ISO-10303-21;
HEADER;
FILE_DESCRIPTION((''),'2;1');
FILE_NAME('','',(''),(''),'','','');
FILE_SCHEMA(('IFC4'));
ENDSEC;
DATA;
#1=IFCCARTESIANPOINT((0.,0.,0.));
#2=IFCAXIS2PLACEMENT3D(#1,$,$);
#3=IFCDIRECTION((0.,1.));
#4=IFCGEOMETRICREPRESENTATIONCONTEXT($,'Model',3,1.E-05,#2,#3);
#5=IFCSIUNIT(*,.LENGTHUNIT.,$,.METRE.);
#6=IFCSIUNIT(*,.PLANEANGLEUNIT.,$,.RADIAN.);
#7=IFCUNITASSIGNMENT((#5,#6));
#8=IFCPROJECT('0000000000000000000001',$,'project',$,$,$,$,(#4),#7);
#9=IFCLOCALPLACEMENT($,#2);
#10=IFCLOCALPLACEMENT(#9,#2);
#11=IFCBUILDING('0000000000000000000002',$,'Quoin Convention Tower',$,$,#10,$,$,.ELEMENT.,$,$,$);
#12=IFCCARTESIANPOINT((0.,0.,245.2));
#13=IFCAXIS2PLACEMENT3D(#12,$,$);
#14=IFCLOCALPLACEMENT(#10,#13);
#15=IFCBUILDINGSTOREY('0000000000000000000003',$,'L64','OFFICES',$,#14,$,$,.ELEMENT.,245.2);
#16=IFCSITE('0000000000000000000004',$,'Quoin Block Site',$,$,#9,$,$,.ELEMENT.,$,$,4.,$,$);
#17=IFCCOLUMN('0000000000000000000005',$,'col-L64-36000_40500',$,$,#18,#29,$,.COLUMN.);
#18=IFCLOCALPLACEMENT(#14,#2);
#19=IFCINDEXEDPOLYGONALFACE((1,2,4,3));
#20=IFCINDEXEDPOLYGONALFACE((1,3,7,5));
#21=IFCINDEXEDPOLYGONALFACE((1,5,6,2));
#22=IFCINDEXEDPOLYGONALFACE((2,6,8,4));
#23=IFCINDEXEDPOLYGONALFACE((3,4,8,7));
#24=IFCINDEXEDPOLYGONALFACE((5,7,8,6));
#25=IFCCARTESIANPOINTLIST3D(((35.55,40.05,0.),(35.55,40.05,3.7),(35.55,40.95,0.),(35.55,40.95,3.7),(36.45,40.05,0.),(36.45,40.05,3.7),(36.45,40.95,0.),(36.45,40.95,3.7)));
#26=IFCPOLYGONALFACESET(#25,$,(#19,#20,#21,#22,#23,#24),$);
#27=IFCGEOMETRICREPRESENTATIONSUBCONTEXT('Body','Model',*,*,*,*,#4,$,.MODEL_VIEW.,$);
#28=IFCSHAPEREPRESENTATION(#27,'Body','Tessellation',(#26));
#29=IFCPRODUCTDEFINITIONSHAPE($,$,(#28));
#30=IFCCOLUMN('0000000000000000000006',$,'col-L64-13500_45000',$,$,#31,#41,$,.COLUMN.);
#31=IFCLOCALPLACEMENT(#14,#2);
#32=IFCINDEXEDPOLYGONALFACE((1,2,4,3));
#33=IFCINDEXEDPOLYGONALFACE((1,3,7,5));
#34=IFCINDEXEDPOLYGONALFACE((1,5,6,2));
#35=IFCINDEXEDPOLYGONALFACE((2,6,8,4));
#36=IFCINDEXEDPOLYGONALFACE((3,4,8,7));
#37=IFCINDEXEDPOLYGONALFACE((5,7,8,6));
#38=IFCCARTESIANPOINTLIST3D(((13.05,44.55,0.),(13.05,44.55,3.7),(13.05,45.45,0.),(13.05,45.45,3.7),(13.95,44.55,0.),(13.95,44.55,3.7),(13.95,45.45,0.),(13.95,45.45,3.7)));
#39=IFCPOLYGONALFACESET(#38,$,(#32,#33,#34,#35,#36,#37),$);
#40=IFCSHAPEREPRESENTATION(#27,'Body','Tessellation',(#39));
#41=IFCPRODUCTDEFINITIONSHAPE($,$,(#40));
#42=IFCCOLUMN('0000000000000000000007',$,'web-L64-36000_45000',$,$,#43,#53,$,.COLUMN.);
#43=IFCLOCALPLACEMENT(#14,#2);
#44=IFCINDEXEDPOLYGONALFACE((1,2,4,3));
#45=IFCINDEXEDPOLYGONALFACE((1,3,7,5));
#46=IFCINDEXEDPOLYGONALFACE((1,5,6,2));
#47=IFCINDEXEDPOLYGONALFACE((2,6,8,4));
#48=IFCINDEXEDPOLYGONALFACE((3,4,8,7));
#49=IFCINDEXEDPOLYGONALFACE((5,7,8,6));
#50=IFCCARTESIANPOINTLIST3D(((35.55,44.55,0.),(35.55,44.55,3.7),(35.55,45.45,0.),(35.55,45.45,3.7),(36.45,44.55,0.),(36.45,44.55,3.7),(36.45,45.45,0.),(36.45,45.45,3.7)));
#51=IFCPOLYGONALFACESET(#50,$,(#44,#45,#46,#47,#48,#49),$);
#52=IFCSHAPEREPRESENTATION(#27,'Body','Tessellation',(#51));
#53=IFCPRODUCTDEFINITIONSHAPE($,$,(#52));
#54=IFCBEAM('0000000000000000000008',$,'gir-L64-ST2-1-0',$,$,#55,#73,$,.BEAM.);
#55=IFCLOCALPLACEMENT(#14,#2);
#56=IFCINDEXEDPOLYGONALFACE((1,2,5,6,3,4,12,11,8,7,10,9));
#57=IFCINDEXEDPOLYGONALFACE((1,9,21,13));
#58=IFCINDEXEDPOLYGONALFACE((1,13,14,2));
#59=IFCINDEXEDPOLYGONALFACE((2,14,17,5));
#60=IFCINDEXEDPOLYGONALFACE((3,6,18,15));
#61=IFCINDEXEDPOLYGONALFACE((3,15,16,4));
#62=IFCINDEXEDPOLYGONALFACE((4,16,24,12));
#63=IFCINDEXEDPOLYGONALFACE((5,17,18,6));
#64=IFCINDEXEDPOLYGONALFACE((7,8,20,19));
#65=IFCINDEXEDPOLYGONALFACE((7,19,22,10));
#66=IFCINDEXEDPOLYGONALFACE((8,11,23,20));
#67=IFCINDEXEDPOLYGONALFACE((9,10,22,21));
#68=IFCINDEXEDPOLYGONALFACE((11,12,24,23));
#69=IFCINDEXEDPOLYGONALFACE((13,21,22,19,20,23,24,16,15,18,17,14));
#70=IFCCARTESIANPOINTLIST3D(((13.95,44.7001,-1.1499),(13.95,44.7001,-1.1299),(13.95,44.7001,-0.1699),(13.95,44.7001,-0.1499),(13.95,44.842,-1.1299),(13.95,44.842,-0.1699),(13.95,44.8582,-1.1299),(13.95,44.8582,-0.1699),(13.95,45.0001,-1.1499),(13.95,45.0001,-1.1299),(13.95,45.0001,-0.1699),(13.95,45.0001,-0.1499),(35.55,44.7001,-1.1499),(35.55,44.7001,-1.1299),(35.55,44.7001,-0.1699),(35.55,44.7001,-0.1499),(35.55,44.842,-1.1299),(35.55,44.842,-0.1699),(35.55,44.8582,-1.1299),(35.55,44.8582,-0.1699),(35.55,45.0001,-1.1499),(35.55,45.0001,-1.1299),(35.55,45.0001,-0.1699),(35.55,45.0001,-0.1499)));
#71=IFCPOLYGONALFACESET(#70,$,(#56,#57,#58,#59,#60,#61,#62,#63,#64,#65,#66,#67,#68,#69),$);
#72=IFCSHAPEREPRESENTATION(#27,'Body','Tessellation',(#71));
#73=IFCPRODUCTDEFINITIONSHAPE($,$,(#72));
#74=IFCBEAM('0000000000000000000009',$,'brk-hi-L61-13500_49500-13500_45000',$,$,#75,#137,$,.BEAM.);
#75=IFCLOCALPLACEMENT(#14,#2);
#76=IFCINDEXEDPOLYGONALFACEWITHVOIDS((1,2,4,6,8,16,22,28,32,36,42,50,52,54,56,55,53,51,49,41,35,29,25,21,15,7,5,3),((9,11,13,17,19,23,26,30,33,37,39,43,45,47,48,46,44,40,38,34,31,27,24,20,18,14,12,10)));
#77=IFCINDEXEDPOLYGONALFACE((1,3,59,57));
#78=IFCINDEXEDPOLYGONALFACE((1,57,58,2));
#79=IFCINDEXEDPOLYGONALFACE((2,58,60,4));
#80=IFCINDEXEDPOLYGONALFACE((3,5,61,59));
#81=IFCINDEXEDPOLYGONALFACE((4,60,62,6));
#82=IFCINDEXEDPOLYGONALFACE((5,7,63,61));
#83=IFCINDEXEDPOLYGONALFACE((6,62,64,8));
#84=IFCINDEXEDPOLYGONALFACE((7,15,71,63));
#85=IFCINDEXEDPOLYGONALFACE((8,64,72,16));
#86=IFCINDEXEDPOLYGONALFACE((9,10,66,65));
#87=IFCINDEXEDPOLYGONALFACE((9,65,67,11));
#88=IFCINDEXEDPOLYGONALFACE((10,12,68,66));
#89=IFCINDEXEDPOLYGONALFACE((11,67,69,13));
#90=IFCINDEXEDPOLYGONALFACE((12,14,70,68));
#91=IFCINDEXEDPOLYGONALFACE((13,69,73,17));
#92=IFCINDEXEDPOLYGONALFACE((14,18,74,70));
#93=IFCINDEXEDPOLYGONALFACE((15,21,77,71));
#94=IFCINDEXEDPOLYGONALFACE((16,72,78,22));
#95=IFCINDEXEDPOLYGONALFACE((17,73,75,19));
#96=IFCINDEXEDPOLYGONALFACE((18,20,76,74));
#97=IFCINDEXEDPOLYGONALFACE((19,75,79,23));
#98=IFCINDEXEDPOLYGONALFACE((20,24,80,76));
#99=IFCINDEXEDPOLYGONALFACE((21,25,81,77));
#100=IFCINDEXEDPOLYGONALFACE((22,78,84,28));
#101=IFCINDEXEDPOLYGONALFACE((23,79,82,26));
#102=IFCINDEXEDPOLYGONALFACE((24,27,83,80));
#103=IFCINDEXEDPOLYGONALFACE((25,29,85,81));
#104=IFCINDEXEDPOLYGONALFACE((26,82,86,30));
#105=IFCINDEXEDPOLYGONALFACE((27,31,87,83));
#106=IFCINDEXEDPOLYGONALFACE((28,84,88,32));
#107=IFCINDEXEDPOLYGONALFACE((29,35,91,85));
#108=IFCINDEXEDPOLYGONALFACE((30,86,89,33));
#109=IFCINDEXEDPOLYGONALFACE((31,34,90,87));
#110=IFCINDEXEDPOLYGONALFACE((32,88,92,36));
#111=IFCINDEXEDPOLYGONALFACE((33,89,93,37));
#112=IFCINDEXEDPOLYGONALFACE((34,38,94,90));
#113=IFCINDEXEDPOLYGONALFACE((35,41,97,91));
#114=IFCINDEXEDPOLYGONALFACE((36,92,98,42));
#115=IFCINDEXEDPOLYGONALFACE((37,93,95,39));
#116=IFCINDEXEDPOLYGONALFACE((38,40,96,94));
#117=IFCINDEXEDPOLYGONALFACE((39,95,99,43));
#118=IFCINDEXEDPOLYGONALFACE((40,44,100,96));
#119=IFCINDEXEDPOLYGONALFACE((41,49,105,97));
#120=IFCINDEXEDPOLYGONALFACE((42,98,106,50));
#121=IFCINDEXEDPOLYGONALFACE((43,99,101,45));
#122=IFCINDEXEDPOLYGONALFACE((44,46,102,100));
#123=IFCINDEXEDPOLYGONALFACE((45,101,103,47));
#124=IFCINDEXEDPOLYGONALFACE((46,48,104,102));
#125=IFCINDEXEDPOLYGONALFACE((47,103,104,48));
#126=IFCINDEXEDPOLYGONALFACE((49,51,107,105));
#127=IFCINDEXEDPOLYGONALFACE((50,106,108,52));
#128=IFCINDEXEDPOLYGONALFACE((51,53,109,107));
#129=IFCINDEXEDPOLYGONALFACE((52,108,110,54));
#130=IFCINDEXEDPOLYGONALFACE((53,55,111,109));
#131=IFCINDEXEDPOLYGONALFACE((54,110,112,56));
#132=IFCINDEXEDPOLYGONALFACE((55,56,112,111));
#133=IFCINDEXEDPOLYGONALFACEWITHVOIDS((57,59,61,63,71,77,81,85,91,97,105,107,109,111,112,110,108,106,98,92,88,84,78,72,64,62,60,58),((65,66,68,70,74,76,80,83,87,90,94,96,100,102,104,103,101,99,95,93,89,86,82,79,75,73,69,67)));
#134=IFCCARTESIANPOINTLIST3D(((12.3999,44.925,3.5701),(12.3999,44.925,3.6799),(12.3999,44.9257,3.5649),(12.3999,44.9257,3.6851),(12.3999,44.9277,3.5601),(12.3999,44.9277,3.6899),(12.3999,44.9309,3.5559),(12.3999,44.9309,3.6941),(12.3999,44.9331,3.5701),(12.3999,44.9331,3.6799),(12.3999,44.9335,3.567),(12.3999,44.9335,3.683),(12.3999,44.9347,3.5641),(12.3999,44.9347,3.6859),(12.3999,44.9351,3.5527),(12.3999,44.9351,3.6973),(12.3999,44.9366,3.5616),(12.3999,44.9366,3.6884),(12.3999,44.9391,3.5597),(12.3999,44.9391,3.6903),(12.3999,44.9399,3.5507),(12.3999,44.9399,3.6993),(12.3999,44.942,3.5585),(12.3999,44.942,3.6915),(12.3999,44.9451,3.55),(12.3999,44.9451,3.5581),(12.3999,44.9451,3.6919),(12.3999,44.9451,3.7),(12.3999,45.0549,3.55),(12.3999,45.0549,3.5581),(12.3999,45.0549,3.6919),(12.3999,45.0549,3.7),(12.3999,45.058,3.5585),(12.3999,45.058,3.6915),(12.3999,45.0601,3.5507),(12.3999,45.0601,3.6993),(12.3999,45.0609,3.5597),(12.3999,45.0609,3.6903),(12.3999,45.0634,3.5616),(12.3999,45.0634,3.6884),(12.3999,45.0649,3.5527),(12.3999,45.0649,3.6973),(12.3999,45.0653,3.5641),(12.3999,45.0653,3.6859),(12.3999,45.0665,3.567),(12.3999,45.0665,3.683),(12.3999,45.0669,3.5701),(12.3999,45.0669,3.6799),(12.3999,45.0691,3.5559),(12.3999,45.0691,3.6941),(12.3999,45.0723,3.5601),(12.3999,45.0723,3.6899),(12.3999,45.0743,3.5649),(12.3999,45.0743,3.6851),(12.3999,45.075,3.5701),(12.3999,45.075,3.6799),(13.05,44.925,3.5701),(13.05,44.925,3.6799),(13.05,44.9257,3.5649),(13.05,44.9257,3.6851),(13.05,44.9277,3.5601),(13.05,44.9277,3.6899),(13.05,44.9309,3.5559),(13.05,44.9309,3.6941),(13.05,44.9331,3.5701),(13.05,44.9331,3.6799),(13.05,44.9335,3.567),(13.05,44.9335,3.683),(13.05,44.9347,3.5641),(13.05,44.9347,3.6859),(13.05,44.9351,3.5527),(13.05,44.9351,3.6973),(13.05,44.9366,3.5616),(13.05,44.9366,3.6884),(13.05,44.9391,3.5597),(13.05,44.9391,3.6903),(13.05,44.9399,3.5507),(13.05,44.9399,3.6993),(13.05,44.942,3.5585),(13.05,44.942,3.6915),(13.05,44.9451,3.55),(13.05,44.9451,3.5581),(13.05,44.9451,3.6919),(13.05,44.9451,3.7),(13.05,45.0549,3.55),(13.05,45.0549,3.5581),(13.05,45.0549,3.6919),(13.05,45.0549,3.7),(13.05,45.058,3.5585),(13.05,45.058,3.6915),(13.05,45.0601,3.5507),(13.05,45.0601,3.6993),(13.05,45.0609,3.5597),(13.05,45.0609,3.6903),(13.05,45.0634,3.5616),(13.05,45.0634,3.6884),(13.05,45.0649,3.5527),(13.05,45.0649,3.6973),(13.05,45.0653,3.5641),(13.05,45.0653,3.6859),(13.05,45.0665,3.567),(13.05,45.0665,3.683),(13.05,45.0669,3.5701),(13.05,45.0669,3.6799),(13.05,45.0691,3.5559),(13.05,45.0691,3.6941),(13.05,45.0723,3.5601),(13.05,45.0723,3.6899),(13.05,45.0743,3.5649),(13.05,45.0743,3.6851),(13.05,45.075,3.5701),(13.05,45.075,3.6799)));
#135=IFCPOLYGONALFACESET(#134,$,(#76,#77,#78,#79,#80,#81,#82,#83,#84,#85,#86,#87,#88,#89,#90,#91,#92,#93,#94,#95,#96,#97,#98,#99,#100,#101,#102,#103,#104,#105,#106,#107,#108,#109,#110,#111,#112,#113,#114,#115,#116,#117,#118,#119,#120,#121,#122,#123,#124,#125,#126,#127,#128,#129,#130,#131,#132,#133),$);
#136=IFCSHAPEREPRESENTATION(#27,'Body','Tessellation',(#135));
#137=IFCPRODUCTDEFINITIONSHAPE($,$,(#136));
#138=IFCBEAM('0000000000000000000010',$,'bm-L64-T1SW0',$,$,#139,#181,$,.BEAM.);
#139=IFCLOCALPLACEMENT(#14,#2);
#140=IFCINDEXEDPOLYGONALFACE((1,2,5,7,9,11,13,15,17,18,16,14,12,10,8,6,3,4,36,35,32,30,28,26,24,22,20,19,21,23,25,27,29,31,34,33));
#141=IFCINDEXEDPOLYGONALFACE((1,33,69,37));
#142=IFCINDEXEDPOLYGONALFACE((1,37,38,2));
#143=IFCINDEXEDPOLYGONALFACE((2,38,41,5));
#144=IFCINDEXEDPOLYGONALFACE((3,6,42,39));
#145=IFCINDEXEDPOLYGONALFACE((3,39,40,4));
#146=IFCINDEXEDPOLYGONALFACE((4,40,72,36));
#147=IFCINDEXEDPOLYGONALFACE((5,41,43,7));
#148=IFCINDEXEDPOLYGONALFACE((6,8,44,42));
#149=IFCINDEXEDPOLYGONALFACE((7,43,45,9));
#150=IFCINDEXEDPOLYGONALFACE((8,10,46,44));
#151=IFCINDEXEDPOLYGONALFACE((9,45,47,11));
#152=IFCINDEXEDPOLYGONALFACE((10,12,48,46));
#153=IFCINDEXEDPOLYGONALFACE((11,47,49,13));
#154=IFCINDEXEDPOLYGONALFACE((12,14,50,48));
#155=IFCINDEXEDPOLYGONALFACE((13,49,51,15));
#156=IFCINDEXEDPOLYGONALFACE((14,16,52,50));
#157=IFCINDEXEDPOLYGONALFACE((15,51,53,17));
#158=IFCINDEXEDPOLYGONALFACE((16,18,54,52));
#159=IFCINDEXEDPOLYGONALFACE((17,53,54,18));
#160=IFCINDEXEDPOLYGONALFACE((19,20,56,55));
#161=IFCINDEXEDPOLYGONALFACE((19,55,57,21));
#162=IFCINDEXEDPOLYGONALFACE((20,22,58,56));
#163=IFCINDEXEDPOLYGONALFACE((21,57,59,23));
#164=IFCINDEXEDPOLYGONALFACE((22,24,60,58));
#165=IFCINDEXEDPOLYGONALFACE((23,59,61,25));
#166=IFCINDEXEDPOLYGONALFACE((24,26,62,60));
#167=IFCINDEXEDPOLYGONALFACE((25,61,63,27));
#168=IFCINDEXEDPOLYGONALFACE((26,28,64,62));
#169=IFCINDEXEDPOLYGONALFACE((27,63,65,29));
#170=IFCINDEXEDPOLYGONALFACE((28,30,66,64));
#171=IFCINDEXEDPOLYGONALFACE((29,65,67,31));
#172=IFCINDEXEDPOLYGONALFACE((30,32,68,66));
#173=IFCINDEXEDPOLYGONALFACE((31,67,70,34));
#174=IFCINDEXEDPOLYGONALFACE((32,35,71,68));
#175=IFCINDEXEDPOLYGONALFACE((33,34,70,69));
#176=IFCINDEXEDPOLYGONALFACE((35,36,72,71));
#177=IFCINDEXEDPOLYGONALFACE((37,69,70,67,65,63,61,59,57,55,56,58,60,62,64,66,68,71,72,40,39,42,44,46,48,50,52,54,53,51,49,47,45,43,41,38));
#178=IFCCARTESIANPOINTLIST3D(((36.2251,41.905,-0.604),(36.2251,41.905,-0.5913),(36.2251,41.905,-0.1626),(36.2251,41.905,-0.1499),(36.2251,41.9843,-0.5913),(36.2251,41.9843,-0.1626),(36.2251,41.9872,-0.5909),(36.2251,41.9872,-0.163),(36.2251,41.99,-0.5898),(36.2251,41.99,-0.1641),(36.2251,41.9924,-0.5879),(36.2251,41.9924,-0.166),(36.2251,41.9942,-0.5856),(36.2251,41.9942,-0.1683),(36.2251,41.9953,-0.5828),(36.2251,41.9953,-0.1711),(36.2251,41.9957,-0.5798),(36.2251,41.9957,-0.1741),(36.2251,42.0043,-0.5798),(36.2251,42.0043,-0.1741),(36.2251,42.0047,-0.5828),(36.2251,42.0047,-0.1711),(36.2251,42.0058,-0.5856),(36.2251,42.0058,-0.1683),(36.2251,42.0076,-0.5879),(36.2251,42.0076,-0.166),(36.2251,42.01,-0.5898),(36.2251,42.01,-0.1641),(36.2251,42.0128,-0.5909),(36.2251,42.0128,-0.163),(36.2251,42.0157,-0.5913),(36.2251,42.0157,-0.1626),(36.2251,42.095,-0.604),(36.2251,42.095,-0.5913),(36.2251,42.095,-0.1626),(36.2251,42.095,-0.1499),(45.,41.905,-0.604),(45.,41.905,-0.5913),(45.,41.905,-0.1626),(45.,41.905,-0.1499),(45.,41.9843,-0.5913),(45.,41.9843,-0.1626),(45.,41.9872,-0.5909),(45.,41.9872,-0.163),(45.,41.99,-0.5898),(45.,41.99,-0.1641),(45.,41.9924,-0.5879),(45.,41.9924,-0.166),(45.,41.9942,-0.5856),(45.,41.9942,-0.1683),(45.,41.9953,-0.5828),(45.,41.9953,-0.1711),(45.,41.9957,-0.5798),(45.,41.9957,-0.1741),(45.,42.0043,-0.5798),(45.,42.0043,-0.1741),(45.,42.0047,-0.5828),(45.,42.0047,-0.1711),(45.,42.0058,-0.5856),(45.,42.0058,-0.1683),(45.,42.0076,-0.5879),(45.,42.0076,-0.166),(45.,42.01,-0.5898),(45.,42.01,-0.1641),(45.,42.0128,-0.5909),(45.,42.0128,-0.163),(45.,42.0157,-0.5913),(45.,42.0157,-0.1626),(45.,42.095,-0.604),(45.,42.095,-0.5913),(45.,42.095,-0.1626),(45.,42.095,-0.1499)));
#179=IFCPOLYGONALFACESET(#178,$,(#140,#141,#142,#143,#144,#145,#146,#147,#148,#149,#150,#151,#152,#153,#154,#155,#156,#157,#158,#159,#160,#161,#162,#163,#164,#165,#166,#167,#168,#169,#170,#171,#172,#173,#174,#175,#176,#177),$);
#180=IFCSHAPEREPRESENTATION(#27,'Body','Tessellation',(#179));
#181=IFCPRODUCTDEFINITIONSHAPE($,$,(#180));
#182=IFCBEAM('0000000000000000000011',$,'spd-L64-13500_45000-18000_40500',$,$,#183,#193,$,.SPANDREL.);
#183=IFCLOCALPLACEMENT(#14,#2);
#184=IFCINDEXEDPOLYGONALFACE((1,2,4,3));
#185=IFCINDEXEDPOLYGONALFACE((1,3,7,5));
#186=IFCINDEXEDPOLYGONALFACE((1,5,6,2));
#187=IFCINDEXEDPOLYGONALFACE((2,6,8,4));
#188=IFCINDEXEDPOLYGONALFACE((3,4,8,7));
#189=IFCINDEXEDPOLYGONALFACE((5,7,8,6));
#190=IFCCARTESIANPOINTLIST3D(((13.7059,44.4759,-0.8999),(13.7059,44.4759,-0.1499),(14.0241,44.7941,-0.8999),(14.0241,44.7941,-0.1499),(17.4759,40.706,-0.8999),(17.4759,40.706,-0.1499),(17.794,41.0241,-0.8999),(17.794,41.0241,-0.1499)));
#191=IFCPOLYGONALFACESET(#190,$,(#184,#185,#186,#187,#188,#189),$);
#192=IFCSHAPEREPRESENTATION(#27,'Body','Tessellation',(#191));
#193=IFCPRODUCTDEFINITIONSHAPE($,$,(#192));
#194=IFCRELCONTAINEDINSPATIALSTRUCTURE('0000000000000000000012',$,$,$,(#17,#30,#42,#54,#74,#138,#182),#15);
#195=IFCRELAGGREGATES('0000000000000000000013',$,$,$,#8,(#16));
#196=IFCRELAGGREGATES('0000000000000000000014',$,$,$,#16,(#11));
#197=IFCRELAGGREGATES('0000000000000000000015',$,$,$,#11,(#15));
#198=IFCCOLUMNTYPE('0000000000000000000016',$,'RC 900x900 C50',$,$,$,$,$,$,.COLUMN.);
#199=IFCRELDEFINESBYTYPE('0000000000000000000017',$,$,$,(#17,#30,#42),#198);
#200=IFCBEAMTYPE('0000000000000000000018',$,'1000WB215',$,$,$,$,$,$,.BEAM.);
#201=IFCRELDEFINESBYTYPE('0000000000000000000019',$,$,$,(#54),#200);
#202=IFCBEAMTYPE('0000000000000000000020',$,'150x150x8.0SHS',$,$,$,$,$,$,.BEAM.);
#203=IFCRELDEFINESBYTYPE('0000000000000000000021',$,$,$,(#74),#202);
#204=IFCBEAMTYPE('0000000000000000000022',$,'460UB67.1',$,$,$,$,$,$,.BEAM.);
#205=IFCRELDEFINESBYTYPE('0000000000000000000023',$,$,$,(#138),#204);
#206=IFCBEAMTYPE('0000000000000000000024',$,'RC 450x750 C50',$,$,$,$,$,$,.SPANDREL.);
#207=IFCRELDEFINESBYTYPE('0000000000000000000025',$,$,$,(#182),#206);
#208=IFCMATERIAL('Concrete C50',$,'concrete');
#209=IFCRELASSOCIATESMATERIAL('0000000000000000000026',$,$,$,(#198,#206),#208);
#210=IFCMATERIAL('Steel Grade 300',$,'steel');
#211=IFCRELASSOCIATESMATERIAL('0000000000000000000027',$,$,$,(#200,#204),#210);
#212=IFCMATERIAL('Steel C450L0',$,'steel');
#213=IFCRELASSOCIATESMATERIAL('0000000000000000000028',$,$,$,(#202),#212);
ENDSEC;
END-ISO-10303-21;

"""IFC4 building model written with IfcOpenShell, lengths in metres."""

from ifc_helpers import new_model, si_unit, direction, frame, origin, origin_2d, place, context, subcontext, project, spatial, rectangle, hollow_rectangle, i_section, extrude, material, material_profile, profile_set, type_object, element, save


model = new_model("IFC4")

# Units and contexts
model_context = context("Model", 3, precision=1e-05, world=origin(), true_north=direction((0.0, 1.0)))
body_context = subcontext(model_context, "Body", "Model", "MODEL_VIEW")
ifc_project = project(units=[si_unit("LENGTHUNIT", "METRE"), si_unit("PLANEANGLEUNIT", "RADIAN")], contexts=[model_context])

# Site, building, storey
site_placement = place(None, origin())
site = spatial("IfcSite", under=ifc_project, at=site_placement, Name="Quoin Block Site", CompositionType="ELEMENT", RefElevation=4.0)
building_placement = place(site_placement, origin())
building = spatial("IfcBuilding", under=site, at=building_placement, Name="Quoin Convention Tower", CompositionType="ELEMENT")
storey_placement = place(building_placement, frame((0.0, 0.0, 245.2)))
storey = spatial("IfcBuildingStorey", under=building, at=storey_placement, Name="L64", Description="OFFICES", CompositionType="ELEMENT", Elevation=245.2)

# Columns
ifc_material_1 = material(Name="Concrete C50", Category="concrete")
ifc_material_profile_1 = material_profile(ifc_material_1, rectangle(XDim=0.8999, YDim=0.8999, at=origin_2d()), Name="RC 900x900")
ifc_profile_set_1 = profile_set([ifc_material_profile_1], Name="Concrete C50")
column_type = type_object("IfcColumnType", Name="RC 900x900 C50", PredefinedType="COLUMN", material=ifc_profile_set_1)
for number, where, z_axis, x_axis, name in (
    (1, (36.0, 40.5, 0.0), (0.0, 0.0, 1.0), (1.0, 0.0, 0.0), "col-L64-36000_40500"),
    (2, (13.5, 45.0, 0.0), (0.0, 0.0, 1.0), (1.0, 0.0, 0.0), "col-L64-13500_45000"),
    (3, (36.0, 45.0, 0.0), (0.0, 0.0, 1.0), (1.0, 0.0, 0.0), "web-L64-36000_45000"),
):
    element("IfcColumn", number, at=place(storey_placement, frame(where, z_axis=z_axis, x_axis=x_axis)), inside=storey, type_object=column_type, Name=name, PredefinedType="COLUMN", context=body_context, shape_type="SweptSolid", body=[
        extrude(rectangle(XDim=0.8999, YDim=0.8999, at=origin_2d()), origin(), (0.0, 0.0, 1.0), 3.7),
    ])

# Beams
ifc_material_2 = material(Name="Steel Grade 300", Category="steel")
ifc_material_profile_2 = material_profile(ifc_material_2, i_section(OverallWidth=0.3, OverallDepth=1.0, WebThickness=0.0161, FlangeThickness=0.02, at=origin_2d()), Name="1000WB215")
ifc_profile_set_2 = profile_set([ifc_material_profile_2], Name="Steel Grade 300")
beam_type_1 = type_object("IfcBeamType", Name="1000WB215", PredefinedType="BEAM", material=ifc_profile_set_2)
beam_1_placement = place(storey_placement, frame((13.95, 44.8501, -0.6499), z_axis=(1.0, 0.0, 0.0), x_axis=(0.0, 1.0, 0.0)))
element("IfcBeam", 4, at=beam_1_placement, inside=storey, type_object=beam_type_1, Name="gir-L64-ST2-1-0", PredefinedType="BEAM", context=body_context, shape_type="SweptSolid", body=[
    extrude(i_section(OverallWidth=0.3, OverallDepth=1.0, WebThickness=0.0161, FlangeThickness=0.02, at=origin_2d()), origin(), (0.0, 0.0, 1.0), 21.6001),
])
ifc_material_3 = material(Name="Steel C450L0", Category="steel")
ifc_material_profile_3 = material_profile(ifc_material_3, hollow_rectangle(XDim=0.1499, YDim=0.1499, WallThickness=0.0081, InnerFilletRadius=0.012, OuterFilletRadius=0.02, at=origin_2d()), Name="150x150x8.0SHS")
ifc_profile_set_3 = profile_set([ifc_material_profile_3], Name="Steel C450L0")
beam_type_2 = type_object("IfcBeamType", Name="150x150x8.0SHS", PredefinedType="BEAM", material=ifc_profile_set_3)
beam_2_placement = place(storey_placement, frame((13.05, 45.0, 3.625), z_axis=(-1.0, 0.0, 0.0), x_axis=(0.0, -1.0, 0.0)))
element("IfcBeam", 5, at=beam_2_placement, inside=storey, type_object=beam_type_2, Name="brk-hi-L61-13500_49500-13500_45000", PredefinedType="BEAM", context=body_context, shape_type="SweptSolid", body=[
    extrude(hollow_rectangle(XDim=0.1499, YDim=0.1499, WallThickness=0.0081, InnerFilletRadius=0.012, OuterFilletRadius=0.02, at=origin_2d()), origin(), (0.0, 0.0, 1.0), 0.6501),
])
ifc_material_profile_4 = material_profile(ifc_material_2, i_section(OverallWidth=0.1899, OverallDepth=0.4541, WebThickness=0.0085, FlangeThickness=0.0127, FilletRadius=0.0115, at=origin_2d()), Name="460UB67.1")
ifc_profile_set_4 = profile_set([ifc_material_profile_4], Name="Steel Grade 300")
beam_type_3 = type_object("IfcBeamType", Name="460UB67.1", PredefinedType="BEAM", material=ifc_profile_set_4)
beam_3_placement = place(storey_placement, frame((36.2251, 42.0, -0.377), z_axis=(1.0, 0.0, 0.0), x_axis=(0.0, 1.0, 0.0)))
element("IfcBeam", 6, at=beam_3_placement, inside=storey, type_object=beam_type_3, Name="bm-L64-T1SW0", PredefinedType="BEAM", context=body_context, shape_type="SweptSolid", body=[
    extrude(i_section(OverallWidth=0.1899, OverallDepth=0.4541, WebThickness=0.0085, FlangeThickness=0.0127, FilletRadius=0.0115, at=origin_2d()), origin(), (0.0, 0.0, 1.0), 8.7749),
])
ifc_material_profile_5 = material_profile(ifc_material_1, rectangle(XDim=0.45, YDim=0.75, at=origin_2d()), Name="RC 450x750")
ifc_profile_set_5 = profile_set([ifc_material_profile_5], Name="Concrete C50")
beam_type_4 = type_object("IfcBeamType", Name="RC 450x750 C50", PredefinedType="SPANDREL", material=ifc_profile_set_5)
beam_4_placement = place(storey_placement, frame((13.865, 44.635, -0.5249), z_axis=(0.707107, -0.707107, 0.0), x_axis=(0.707107, 0.707107, 0.0)))
element("IfcBeam", 7, at=beam_4_placement, inside=storey, type_object=beam_type_4, Name="spd-L64-13500_45000-18000_40500", PredefinedType="SPANDREL", context=body_context, shape_type="SweptSolid", body=[
    extrude(rectangle(XDim=0.45, YDim=0.75, at=origin_2d()), origin(), (0.0, 0.0, 1.0), 5.3315),
])

save(model, "model.ifc")
